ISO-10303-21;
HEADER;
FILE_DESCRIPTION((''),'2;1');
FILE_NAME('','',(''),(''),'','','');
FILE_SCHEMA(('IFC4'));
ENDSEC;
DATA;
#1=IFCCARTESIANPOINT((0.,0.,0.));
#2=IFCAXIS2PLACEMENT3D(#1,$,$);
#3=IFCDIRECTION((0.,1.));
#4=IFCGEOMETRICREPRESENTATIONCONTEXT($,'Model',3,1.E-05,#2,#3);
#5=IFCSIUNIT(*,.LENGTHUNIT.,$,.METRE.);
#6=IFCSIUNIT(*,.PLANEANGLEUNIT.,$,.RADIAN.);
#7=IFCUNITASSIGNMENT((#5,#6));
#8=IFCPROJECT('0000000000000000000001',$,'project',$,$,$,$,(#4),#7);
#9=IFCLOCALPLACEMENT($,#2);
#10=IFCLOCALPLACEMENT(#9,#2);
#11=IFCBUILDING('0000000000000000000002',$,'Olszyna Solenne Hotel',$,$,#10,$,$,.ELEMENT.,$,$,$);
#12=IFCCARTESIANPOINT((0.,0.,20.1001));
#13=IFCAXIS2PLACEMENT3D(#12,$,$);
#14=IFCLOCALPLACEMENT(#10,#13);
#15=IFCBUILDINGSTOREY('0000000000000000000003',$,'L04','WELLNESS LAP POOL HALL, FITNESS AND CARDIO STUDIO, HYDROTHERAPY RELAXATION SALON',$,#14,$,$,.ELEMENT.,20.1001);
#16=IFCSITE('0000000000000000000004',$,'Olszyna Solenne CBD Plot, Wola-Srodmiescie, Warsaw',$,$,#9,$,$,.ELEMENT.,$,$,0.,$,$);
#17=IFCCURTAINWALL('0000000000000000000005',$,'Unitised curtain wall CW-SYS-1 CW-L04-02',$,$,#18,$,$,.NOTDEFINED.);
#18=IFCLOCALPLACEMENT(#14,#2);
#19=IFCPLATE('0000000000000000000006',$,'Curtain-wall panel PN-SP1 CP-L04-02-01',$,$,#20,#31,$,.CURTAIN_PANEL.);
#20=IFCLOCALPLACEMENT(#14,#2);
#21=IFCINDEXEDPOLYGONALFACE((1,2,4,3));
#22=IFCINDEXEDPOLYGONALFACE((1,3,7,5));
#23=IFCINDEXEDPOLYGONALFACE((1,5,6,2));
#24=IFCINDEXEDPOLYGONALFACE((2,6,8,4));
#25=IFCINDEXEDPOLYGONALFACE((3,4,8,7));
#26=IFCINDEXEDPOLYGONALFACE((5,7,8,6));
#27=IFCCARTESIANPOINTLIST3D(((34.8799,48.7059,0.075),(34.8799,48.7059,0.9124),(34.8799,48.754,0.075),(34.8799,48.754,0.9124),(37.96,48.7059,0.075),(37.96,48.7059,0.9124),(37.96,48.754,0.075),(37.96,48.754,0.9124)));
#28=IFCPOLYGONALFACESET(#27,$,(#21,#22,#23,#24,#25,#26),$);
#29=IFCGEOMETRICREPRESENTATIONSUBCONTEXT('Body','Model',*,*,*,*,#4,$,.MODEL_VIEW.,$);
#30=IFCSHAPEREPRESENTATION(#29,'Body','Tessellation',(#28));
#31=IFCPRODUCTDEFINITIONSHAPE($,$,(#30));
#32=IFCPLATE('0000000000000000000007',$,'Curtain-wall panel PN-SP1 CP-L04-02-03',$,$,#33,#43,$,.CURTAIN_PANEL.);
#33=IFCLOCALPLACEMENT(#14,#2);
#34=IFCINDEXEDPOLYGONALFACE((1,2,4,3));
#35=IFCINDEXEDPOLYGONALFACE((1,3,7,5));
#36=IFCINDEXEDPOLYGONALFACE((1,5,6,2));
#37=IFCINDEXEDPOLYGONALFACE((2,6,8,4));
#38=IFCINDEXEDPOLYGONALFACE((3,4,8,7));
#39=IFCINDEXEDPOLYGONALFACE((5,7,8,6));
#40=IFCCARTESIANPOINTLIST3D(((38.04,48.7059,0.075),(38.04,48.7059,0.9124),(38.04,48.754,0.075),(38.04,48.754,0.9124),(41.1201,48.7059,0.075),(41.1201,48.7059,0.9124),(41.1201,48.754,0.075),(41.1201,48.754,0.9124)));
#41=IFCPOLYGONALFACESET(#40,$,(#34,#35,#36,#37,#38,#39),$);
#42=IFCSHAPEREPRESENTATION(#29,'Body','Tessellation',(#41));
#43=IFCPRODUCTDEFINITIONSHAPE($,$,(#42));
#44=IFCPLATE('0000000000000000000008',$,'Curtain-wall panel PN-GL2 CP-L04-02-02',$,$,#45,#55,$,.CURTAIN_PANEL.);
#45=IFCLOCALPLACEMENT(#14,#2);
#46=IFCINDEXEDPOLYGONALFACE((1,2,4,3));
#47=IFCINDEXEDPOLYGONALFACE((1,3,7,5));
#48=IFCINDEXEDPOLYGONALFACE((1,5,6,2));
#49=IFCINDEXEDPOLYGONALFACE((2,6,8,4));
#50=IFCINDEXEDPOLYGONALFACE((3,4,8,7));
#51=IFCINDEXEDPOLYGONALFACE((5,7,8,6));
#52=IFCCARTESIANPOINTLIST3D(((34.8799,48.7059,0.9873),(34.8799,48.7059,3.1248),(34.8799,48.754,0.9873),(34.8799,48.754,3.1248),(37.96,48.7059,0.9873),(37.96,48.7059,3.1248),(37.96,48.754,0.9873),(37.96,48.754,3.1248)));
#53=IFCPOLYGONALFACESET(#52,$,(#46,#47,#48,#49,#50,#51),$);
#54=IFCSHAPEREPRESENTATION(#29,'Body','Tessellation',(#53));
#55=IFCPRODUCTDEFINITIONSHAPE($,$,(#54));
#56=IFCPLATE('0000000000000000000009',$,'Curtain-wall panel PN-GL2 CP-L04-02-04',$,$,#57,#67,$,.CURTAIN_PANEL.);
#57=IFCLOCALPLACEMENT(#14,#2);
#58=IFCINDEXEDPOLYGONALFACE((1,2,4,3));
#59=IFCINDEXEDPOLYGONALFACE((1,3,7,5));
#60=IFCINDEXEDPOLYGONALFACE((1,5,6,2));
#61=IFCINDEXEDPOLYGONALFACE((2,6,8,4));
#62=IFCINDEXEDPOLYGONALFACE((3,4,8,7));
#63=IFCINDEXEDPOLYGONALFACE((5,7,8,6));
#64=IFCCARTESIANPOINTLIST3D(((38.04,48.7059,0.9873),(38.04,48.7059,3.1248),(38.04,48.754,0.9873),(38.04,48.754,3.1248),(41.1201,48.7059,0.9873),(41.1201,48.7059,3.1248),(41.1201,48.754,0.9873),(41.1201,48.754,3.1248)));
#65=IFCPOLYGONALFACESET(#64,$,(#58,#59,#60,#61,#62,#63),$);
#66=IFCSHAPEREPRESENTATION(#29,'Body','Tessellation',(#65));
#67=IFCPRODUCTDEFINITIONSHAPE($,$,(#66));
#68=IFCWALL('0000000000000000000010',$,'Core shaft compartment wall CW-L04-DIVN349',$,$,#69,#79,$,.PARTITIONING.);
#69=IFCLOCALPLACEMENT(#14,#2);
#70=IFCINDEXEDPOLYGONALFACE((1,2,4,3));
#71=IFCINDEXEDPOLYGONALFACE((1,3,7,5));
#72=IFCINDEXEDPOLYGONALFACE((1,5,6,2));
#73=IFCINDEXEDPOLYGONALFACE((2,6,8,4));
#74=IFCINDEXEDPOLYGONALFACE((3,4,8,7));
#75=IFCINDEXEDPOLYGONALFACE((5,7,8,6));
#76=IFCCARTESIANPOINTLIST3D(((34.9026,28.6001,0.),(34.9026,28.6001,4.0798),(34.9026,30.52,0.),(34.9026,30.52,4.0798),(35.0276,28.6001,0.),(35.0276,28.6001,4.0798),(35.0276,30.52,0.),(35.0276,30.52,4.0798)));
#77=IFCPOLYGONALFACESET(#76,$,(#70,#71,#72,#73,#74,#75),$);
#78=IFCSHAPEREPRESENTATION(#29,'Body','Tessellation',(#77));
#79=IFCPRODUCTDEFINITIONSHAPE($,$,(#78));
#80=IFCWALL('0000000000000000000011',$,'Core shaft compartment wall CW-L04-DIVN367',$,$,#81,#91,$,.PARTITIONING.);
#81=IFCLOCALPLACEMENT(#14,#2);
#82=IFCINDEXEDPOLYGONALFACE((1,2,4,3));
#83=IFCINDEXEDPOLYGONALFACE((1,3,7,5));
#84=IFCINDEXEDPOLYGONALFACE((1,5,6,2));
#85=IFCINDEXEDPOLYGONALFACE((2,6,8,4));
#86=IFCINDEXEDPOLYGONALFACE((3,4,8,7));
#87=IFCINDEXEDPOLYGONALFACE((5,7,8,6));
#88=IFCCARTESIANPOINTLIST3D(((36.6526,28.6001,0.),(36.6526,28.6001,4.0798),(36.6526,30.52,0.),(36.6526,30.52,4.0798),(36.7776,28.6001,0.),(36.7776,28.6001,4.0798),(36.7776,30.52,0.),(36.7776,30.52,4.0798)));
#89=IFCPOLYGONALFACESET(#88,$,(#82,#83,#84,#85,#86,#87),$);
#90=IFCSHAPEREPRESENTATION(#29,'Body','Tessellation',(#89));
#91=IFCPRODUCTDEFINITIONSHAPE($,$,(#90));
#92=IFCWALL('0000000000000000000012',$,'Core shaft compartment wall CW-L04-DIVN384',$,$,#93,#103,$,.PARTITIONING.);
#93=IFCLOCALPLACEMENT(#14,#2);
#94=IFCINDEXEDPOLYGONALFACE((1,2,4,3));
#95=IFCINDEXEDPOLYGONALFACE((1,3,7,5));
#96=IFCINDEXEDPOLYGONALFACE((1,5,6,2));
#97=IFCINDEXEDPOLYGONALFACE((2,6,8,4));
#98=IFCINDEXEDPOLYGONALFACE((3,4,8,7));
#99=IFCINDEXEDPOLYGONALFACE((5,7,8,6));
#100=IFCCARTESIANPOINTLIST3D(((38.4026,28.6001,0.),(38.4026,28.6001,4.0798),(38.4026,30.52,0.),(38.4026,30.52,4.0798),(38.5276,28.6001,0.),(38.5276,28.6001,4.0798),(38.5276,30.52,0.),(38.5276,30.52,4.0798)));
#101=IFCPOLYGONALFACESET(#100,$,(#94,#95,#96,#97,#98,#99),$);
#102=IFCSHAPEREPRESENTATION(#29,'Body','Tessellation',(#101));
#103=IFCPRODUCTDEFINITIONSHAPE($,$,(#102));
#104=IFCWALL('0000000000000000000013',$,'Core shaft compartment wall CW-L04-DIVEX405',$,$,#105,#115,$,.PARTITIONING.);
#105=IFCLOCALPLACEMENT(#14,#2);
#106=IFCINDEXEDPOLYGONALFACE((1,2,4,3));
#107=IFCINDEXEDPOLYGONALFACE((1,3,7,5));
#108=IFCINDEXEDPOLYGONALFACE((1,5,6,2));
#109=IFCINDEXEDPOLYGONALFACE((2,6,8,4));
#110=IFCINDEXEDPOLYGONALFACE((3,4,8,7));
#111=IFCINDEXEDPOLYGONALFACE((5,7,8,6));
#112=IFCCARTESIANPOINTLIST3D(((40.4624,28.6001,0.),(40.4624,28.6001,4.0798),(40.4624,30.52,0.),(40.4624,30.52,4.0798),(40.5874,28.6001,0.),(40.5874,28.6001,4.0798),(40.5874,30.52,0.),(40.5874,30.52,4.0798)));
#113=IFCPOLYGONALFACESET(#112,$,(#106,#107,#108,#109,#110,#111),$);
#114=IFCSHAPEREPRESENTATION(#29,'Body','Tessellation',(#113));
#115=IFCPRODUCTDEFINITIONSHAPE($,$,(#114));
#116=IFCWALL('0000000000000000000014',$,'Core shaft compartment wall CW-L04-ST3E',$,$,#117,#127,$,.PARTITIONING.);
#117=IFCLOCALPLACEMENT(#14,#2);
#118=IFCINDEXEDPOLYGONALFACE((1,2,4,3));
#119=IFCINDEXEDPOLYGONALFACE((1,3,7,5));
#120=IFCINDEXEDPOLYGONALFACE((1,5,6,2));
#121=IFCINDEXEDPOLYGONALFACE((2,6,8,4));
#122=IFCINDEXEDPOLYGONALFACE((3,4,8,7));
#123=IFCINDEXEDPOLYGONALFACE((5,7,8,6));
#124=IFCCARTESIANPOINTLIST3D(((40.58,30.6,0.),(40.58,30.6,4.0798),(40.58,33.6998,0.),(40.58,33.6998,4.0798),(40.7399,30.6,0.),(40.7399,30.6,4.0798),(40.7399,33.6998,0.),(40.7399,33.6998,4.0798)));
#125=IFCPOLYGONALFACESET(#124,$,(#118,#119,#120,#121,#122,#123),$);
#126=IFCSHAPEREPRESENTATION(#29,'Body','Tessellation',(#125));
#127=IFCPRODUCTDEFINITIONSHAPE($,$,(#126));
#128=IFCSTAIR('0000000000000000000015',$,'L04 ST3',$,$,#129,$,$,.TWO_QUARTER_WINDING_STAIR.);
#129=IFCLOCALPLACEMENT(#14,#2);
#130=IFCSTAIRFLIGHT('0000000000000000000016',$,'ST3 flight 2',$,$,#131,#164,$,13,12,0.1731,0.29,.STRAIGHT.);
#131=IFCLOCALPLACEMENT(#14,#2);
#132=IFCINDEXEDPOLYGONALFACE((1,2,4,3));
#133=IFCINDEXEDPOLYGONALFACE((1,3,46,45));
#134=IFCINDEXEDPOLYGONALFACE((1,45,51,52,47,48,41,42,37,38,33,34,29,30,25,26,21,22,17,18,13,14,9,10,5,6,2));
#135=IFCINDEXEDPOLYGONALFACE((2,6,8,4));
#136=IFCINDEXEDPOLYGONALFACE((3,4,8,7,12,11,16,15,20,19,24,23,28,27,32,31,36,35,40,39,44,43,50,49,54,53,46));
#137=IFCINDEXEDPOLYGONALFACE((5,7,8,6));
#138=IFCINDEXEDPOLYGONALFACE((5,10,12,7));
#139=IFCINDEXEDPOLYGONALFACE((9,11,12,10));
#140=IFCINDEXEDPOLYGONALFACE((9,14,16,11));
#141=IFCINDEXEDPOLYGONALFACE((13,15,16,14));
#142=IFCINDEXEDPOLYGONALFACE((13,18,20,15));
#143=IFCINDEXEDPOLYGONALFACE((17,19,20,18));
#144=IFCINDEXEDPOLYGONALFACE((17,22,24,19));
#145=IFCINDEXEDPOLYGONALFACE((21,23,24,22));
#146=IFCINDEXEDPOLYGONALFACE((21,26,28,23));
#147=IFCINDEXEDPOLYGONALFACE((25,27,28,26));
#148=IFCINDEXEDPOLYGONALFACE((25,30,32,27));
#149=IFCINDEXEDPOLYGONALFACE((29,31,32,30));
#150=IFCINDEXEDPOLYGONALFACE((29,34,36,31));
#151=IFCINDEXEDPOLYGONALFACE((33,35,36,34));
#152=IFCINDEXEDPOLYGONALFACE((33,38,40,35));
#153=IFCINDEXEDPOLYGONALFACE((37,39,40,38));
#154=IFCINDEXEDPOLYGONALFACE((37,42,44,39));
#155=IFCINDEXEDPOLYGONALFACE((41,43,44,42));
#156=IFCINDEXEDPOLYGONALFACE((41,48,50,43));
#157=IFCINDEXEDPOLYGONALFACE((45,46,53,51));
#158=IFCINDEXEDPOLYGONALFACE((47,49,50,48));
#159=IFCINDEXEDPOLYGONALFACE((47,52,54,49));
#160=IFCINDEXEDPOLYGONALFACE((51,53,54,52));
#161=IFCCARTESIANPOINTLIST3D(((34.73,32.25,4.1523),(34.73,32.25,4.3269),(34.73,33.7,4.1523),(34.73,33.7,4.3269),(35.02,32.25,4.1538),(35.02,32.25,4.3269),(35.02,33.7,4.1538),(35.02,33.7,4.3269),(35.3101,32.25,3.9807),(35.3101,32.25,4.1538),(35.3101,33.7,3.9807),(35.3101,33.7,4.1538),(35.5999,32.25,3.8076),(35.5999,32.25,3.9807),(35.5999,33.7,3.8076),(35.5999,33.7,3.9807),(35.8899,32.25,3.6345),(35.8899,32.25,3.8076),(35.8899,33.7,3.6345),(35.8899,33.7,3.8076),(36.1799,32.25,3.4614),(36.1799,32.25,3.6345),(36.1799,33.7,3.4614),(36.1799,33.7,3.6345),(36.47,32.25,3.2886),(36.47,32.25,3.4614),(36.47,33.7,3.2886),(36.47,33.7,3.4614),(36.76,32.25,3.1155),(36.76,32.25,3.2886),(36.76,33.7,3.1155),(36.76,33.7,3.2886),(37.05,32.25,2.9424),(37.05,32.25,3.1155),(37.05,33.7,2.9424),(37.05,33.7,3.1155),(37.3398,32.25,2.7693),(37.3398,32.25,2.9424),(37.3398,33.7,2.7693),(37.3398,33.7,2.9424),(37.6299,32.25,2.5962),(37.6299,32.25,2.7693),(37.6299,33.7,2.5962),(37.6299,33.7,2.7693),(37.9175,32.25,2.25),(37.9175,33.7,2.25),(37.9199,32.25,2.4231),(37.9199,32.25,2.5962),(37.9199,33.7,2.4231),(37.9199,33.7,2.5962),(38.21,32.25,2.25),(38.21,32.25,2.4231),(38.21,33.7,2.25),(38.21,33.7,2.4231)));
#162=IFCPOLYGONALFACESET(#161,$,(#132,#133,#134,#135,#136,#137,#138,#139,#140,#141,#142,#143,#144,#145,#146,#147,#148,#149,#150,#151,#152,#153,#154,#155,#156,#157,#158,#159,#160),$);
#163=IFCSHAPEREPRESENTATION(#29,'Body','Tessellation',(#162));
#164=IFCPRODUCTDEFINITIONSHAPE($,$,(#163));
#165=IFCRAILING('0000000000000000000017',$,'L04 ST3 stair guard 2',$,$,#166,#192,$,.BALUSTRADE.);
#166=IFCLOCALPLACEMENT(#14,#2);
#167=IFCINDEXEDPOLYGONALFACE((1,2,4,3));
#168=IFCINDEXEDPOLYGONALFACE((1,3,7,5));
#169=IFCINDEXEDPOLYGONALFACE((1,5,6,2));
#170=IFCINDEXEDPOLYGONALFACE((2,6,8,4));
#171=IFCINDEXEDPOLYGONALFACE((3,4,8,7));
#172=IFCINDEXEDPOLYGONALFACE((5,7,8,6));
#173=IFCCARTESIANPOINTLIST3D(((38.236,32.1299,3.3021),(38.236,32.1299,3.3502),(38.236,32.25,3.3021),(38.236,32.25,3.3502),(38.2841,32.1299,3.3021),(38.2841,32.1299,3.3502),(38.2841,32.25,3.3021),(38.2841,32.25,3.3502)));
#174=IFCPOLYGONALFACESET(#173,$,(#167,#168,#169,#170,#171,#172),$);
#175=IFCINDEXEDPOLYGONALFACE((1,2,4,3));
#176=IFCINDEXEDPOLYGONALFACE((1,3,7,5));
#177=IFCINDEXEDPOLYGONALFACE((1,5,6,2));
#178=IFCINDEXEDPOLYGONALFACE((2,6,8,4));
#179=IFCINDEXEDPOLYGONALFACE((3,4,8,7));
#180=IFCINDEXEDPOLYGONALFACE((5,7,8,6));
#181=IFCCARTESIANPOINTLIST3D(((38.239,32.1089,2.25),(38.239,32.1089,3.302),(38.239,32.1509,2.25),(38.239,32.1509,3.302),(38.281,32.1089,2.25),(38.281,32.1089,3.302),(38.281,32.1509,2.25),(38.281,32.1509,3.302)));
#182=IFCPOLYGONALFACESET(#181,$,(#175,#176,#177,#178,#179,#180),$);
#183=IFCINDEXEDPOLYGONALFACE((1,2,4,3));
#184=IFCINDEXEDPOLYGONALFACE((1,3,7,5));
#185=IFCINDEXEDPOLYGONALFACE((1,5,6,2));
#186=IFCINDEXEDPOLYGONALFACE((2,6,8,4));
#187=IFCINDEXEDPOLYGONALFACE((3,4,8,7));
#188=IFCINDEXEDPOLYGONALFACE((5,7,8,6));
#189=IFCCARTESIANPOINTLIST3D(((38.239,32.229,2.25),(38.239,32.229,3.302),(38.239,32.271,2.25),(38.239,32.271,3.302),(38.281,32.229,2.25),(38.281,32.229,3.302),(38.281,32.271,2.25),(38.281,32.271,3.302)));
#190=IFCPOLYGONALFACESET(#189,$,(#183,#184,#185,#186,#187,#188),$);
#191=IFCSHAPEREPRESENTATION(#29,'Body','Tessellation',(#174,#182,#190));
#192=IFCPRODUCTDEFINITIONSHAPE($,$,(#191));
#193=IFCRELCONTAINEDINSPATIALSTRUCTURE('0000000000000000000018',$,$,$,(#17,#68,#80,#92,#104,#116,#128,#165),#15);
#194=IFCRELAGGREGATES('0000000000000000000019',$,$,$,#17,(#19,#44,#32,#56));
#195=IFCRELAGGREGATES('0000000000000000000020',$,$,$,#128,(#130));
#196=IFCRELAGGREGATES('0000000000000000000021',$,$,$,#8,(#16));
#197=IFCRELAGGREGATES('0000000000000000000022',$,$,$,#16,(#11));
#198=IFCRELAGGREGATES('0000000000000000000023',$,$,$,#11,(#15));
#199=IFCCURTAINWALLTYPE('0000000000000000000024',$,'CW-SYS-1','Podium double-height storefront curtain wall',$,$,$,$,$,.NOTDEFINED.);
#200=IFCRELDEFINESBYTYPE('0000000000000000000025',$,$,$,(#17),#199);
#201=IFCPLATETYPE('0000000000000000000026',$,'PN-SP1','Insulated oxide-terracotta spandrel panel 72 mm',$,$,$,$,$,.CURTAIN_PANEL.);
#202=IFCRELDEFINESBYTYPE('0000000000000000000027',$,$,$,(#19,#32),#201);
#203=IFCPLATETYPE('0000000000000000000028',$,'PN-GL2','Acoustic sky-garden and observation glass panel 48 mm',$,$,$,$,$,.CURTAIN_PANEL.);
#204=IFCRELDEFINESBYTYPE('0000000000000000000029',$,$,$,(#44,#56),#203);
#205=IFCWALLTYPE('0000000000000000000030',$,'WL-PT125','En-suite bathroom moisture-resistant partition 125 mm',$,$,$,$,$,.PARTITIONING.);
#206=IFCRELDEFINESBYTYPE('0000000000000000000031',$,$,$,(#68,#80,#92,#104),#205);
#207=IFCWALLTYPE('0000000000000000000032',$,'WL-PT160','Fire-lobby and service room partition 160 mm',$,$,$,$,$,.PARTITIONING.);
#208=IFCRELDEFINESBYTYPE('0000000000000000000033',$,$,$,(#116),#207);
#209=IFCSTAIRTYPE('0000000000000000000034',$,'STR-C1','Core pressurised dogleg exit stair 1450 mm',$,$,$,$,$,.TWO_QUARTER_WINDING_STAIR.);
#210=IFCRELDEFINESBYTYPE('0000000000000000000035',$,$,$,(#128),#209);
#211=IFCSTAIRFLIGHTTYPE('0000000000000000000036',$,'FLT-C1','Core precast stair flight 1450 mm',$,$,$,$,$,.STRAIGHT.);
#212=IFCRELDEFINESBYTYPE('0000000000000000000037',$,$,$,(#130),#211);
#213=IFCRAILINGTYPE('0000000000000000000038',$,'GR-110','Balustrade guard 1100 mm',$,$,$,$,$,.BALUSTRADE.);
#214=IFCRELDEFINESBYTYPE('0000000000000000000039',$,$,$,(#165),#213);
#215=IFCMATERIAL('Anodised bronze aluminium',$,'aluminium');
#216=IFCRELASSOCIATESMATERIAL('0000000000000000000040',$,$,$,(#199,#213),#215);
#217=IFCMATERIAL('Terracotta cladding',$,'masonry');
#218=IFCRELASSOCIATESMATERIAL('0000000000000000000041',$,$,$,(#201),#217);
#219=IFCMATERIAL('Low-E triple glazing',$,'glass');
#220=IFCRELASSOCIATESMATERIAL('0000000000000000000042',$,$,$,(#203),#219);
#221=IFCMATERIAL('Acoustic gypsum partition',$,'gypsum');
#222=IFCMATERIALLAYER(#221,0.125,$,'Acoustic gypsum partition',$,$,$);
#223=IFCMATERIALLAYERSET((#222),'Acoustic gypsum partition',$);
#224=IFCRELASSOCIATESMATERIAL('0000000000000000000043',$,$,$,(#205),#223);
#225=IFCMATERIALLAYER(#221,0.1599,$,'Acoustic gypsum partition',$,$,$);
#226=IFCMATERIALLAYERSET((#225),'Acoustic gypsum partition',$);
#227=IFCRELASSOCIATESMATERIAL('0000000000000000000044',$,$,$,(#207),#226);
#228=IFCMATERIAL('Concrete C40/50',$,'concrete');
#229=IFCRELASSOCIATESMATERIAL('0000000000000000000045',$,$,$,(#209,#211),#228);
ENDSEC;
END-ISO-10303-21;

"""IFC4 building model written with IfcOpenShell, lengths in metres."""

from ifc_helpers import new_model, si_unit, direction, frame, frame_2d, origin, origin_2d, place, context, subcontext, project, spatial, polyline, rectangle, outline, extrude, source, transform, mapped, material, layer, layer_set, type_object, element, aggregate, save


model = new_model("IFC4")

# Units and contexts
model_context = context("Model", 3, precision=1e-05, world=origin(), true_north=direction((0.0, 1.0)))
body_context = subcontext(model_context, "Body", "Model", "MODEL_VIEW")
ifc_project = project(units=[si_unit("LENGTHUNIT", "METRE"), si_unit("PLANEANGLEUNIT", "RADIAN")], contexts=[model_context])

# Site, building, storey
site_placement = place(None, origin())
site = spatial("IfcSite", under=ifc_project, at=site_placement, Name="Olszyna Solenne CBD Plot, Wola-Srodmiescie, Warsaw", CompositionType="ELEMENT", RefElevation=0.0)
building_placement = place(site_placement, origin())
building = spatial("IfcBuilding", under=site, at=building_placement, Name="Olszyna Solenne Hotel", CompositionType="ELEMENT")
storey_placement = place(building_placement, frame((0.0, 0.0, 20.1001)))
storey = spatial("IfcBuildingStorey", under=building, at=storey_placement, Name="L04", Description="WELLNESS LAP POOL HALL, FITNESS AND CARDIO STUDIO, HYDROTHERAPY RELAXATION SALON", CompositionType="ELEMENT", Elevation=20.1001)

# Curtain wall
ifc_material_1 = material(Name="Anodised bronze aluminium", Category="aluminium")
curtain_wall_type = type_object("IfcCurtainWallType", Name="CW-SYS-1", Description="Podium double-height storefront curtain wall", PredefinedType="NOTDEFINED", material=ifc_material_1)
curtain_wall_placement = place(storey_placement, origin())
curtain_wall = element("IfcCurtainWall", 1, at=curtain_wall_placement, inside=storey, type_object=curtain_wall_type, Name="Unitised curtain wall CW-SYS-1 CW-L04-02", PredefinedType="NOTDEFINED")

# Plates
ifc_material_2 = material(Name="Terracotta cladding", Category="masonry")
plate_type_1 = type_object("IfcPlateType", Name="PN-SP1", Description="Insulated oxide-terracotta spandrel panel 72 mm", PredefinedType="CURTAIN_PANEL", material=ifc_material_2)
shared_shape_1 = source(origin(), body_context, "Body", "SweptSolid", [
    extrude(rectangle(XDim=3.0801, YDim=0.0481, at=origin_2d()), origin(), (0.0, 0.0, 1.0), 0.8374),
])
plate_1_placement = place(storey_placement, frame((36.4199, 48.73, 0.075), z_axis=(0.0, 0.0, 1.0), x_axis=(1.0, 0.0, 0.0)))
plate_1 = element("IfcPlate", 2, at=plate_1_placement, type_object=plate_type_1, Name="Curtain-wall panel PN-SP1 CP-L04-02-01", PredefinedType="CURTAIN_PANEL", context=body_context, shape_type="MappedRepresentation", body=[
    mapped(shared_shape_1, transform((0.0, 0.0, 0.0), x_axis=(1.0, 0.0, 0.0), y_axis=(0.0, 1.0, 0.0), z_axis=(0.0, 0.0, 1.0), scale=1.0)),
])
plate_2_placement = place(storey_placement, frame((39.5801, 48.73, 0.075), z_axis=(0.0, 0.0, 1.0), x_axis=(1.0, 0.0, 0.0)))
plate_2 = element("IfcPlate", 3, at=plate_2_placement, type_object=plate_type_1, Name="Curtain-wall panel PN-SP1 CP-L04-02-03", PredefinedType="CURTAIN_PANEL", context=body_context, shape_type="MappedRepresentation", body=[
    mapped(shared_shape_1, transform((0.0, 0.0, 0.0), x_axis=(1.0, 0.0, 0.0), y_axis=(0.0, 1.0, 0.0), z_axis=(0.0, 0.0, 1.0), scale=1.0)),
])
ifc_material_3 = material(Name="Low-E triple glazing", Category="glass")
plate_type_2 = type_object("IfcPlateType", Name="PN-GL2", Description="Acoustic sky-garden and observation glass panel 48 mm", PredefinedType="CURTAIN_PANEL", material=ifc_material_3)
shared_shape_2 = source(origin(), body_context, "Body", "SweptSolid", [
    extrude(rectangle(XDim=3.0801, YDim=0.0481, at=origin_2d()), origin(), (0.0, 0.0, 1.0), 2.1375),
])
plate_3_placement = place(storey_placement, frame((36.4199, 48.73, 0.9873), z_axis=(0.0, 0.0, 1.0), x_axis=(1.0, 0.0, 0.0)))
plate_3 = element("IfcPlate", 4, at=plate_3_placement, type_object=plate_type_2, Name="Curtain-wall panel PN-GL2 CP-L04-02-02", PredefinedType="CURTAIN_PANEL", context=body_context, shape_type="MappedRepresentation", body=[
    mapped(shared_shape_2, transform((0.0, 0.0, 0.0), x_axis=(1.0, 0.0, 0.0), y_axis=(0.0, 1.0, 0.0), z_axis=(0.0, 0.0, 1.0), scale=1.0)),
])
plate_4_placement = place(storey_placement, frame((39.5801, 48.73, 0.9873), z_axis=(0.0, 0.0, 1.0), x_axis=(1.0, 0.0, 0.0)))
plate_4 = element("IfcPlate", 5, at=plate_4_placement, type_object=plate_type_2, Name="Curtain-wall panel PN-GL2 CP-L04-02-04", PredefinedType="CURTAIN_PANEL", context=body_context, shape_type="MappedRepresentation", body=[
    mapped(shared_shape_2, transform((0.0, 0.0, 0.0), x_axis=(1.0, 0.0, 0.0), y_axis=(0.0, 1.0, 0.0), z_axis=(0.0, 0.0, 1.0), scale=1.0)),
])
aggregate(curtain_wall, [plate_1, plate_3, plate_2, plate_4])

# Walls
ifc_material_4 = material(Name="Acoustic gypsum partition", Category="gypsum")
ifc_layer_1 = layer(ifc_material_4, 0.125, Name="Acoustic gypsum partition")
ifc_layer_set_1 = layer_set([ifc_layer_1], Name="Acoustic gypsum partition")
wall_type_1 = type_object("IfcWallType", Name="WL-PT125", Description="En-suite bathroom moisture-resistant partition 125 mm", PredefinedType="PARTITIONING", material=ifc_layer_set_1)
for number, where, z_axis, x_axis, name in (
    (6, (34.9651, 28.6001, 0.0), (0.0, 0.0, 1.0), (0.0, 1.0, 0.0), "Core shaft compartment wall CW-L04-DIVN349"),
    (7, (36.7151, 28.6001, 0.0), (0.0, 0.0, 1.0), (0.0, 1.0, 0.0), "Core shaft compartment wall CW-L04-DIVN367"),
    (8, (38.4651, 28.6001, 0.0), (0.0, 0.0, 1.0), (0.0, 1.0, 0.0), "Core shaft compartment wall CW-L04-DIVN384"),
    (9, (40.5249, 28.6001, 0.0), (0.0, 0.0, 1.0), (0.0, 1.0, 0.0), "Core shaft compartment wall CW-L04-DIVEX405"),
):
    element("IfcWall", number, at=place(storey_placement, frame(where, z_axis=z_axis, x_axis=x_axis)), inside=storey, type_object=wall_type_1, Name=name, PredefinedType="PARTITIONING", context=body_context, shape_type="SweptSolid", body=[
        extrude(rectangle(XDim=1.9199, YDim=0.125, at=frame_2d((0.96, 0.0))), origin(), (0.0, 0.0, 1.0), 4.0798),
    ])
ifc_layer_2 = layer(ifc_material_4, 0.1599, Name="Acoustic gypsum partition")
ifc_layer_set_2 = layer_set([ifc_layer_2], Name="Acoustic gypsum partition")
wall_type_2 = type_object("IfcWallType", Name="WL-PT160", Description="Fire-lobby and service room partition 160 mm", PredefinedType="PARTITIONING", material=ifc_layer_set_2)
wall_placement = place(storey_placement, frame((40.6599, 30.6001, 0.0), z_axis=(0.0, 0.0, 1.0), x_axis=(0.0, 1.0, 0.0)))
element("IfcWall", 10, at=wall_placement, inside=storey, type_object=wall_type_2, Name="Core shaft compartment wall CW-L04-ST3E", PredefinedType="PARTITIONING", context=body_context, shape_type="SweptSolid", body=[
    extrude(rectangle(XDim=3.0999, YDim=0.1599, at=frame_2d((1.5498, 0.0))), origin(), (0.0, 0.0, 1.0), 4.0798),
])

# Stair, stair flight
ifc_material_5 = material(Name="Concrete C40/50", Category="concrete")
stair_type = type_object("IfcStairType", Name="STR-C1", Description="Core pressurised dogleg exit stair 1450 mm", PredefinedType="TWO_QUARTER_WINDING_STAIR", material=ifc_material_5)
stair_placement = place(storey_placement, origin())
stair = element("IfcStair", 11, at=stair_placement, inside=storey, type_object=stair_type, Name="L04 ST3", PredefinedType="TWO_QUARTER_WINDING_STAIR")
stair_flight_type = type_object("IfcStairFlightType", Name="FLT-C1", Description="Core precast stair flight 1450 mm", PredefinedType="STRAIGHT", material=ifc_material_5)
stair_flight_placement = place(storey_placement, frame((38.21, 32.9751, 2.25), z_axis=(0.0, 0.0, 1.0), x_axis=(-1.0, 0.0, 0.0)))
stair_flight = element("IfcStairFlight", 12, at=stair_flight_placement, type_object=stair_flight_type, Name="ST3 flight 2", NumberOfRisers=13, NumberOfTreads=12, PredefinedType="STRAIGHT", RiserHeight=0.1731, TreadLength=0.29, context=body_context, shape_type="SweptSolid", body=[
    extrude(outline(polyline([(0.0, 0.0), (0.0, 0.1731), (0.29, 0.1731), (0.29, 0.3462), (0.5801, 0.3462), (0.5801, 0.5193), (0.8701, 0.5193), (0.8701, 0.6924), (1.1599, 0.6924), (1.1599, 0.8655), (1.45, 0.8655), (1.45, 1.0386), (1.74, 1.0386), (1.74, 1.2114), (2.03, 1.2114), (2.03, 1.3845), (2.3201, 1.3845), (2.3201, 1.5576), (2.6101, 1.5576), (2.6101, 1.7307), (2.8999, 1.7307), (2.8999, 1.9038), (3.1899, 1.9038), (3.1899, 2.0769), (3.48, 2.0769), (3.48, 2.25), (3.48, 1.9023), (0.2925, 0.0), (0.0, 0.0)])), frame((0.0, 0.7251, 0.0), z_axis=(0.0, -1.0, 0.0), x_axis=(1.0, 0.0, 0.0)), (0.0, 0.0, 1.0), 1.45),
])
aggregate(stair, [stair_flight])

# Railing
railing_type_1 = type_object("IfcRailingType", Name="GR-110", Description="Balustrade guard 1100 mm", PredefinedType="BALUSTRADE", material=ifc_material_1)
railing_1_placement = place(storey_placement, frame((38.26, 32.1299, 2.25)))
element("IfcRailing", 13, at=railing_1_placement, inside=storey, type_object=railing_type_1, Name="L04 ST3 stair guard 2", PredefinedType="BALUSTRADE", context=body_context, shape_type="SweptSolid", body=[
    extrude(rectangle(XDim=0.0481, YDim=0.0481, at=origin_2d()), frame((0.0, 0.0, 1.0762), z_axis=(0.0, 1.0, 0.0), x_axis=(-1.0, 0.0, 0.0)), (0.0, 0.0, 1.0), 0.1201),
    extrude(rectangle(XDim=0.042, YDim=0.042, at=origin_2d()), origin(), (0.0, 0.0, 1.0), 1.052),
    extrude(rectangle(XDim=0.042, YDim=0.042, at=origin_2d()), frame((0.0, 0.1201, 0.0)), (0.0, 0.0, 1.0), 1.052),
])

save(model, "model.ifc")
